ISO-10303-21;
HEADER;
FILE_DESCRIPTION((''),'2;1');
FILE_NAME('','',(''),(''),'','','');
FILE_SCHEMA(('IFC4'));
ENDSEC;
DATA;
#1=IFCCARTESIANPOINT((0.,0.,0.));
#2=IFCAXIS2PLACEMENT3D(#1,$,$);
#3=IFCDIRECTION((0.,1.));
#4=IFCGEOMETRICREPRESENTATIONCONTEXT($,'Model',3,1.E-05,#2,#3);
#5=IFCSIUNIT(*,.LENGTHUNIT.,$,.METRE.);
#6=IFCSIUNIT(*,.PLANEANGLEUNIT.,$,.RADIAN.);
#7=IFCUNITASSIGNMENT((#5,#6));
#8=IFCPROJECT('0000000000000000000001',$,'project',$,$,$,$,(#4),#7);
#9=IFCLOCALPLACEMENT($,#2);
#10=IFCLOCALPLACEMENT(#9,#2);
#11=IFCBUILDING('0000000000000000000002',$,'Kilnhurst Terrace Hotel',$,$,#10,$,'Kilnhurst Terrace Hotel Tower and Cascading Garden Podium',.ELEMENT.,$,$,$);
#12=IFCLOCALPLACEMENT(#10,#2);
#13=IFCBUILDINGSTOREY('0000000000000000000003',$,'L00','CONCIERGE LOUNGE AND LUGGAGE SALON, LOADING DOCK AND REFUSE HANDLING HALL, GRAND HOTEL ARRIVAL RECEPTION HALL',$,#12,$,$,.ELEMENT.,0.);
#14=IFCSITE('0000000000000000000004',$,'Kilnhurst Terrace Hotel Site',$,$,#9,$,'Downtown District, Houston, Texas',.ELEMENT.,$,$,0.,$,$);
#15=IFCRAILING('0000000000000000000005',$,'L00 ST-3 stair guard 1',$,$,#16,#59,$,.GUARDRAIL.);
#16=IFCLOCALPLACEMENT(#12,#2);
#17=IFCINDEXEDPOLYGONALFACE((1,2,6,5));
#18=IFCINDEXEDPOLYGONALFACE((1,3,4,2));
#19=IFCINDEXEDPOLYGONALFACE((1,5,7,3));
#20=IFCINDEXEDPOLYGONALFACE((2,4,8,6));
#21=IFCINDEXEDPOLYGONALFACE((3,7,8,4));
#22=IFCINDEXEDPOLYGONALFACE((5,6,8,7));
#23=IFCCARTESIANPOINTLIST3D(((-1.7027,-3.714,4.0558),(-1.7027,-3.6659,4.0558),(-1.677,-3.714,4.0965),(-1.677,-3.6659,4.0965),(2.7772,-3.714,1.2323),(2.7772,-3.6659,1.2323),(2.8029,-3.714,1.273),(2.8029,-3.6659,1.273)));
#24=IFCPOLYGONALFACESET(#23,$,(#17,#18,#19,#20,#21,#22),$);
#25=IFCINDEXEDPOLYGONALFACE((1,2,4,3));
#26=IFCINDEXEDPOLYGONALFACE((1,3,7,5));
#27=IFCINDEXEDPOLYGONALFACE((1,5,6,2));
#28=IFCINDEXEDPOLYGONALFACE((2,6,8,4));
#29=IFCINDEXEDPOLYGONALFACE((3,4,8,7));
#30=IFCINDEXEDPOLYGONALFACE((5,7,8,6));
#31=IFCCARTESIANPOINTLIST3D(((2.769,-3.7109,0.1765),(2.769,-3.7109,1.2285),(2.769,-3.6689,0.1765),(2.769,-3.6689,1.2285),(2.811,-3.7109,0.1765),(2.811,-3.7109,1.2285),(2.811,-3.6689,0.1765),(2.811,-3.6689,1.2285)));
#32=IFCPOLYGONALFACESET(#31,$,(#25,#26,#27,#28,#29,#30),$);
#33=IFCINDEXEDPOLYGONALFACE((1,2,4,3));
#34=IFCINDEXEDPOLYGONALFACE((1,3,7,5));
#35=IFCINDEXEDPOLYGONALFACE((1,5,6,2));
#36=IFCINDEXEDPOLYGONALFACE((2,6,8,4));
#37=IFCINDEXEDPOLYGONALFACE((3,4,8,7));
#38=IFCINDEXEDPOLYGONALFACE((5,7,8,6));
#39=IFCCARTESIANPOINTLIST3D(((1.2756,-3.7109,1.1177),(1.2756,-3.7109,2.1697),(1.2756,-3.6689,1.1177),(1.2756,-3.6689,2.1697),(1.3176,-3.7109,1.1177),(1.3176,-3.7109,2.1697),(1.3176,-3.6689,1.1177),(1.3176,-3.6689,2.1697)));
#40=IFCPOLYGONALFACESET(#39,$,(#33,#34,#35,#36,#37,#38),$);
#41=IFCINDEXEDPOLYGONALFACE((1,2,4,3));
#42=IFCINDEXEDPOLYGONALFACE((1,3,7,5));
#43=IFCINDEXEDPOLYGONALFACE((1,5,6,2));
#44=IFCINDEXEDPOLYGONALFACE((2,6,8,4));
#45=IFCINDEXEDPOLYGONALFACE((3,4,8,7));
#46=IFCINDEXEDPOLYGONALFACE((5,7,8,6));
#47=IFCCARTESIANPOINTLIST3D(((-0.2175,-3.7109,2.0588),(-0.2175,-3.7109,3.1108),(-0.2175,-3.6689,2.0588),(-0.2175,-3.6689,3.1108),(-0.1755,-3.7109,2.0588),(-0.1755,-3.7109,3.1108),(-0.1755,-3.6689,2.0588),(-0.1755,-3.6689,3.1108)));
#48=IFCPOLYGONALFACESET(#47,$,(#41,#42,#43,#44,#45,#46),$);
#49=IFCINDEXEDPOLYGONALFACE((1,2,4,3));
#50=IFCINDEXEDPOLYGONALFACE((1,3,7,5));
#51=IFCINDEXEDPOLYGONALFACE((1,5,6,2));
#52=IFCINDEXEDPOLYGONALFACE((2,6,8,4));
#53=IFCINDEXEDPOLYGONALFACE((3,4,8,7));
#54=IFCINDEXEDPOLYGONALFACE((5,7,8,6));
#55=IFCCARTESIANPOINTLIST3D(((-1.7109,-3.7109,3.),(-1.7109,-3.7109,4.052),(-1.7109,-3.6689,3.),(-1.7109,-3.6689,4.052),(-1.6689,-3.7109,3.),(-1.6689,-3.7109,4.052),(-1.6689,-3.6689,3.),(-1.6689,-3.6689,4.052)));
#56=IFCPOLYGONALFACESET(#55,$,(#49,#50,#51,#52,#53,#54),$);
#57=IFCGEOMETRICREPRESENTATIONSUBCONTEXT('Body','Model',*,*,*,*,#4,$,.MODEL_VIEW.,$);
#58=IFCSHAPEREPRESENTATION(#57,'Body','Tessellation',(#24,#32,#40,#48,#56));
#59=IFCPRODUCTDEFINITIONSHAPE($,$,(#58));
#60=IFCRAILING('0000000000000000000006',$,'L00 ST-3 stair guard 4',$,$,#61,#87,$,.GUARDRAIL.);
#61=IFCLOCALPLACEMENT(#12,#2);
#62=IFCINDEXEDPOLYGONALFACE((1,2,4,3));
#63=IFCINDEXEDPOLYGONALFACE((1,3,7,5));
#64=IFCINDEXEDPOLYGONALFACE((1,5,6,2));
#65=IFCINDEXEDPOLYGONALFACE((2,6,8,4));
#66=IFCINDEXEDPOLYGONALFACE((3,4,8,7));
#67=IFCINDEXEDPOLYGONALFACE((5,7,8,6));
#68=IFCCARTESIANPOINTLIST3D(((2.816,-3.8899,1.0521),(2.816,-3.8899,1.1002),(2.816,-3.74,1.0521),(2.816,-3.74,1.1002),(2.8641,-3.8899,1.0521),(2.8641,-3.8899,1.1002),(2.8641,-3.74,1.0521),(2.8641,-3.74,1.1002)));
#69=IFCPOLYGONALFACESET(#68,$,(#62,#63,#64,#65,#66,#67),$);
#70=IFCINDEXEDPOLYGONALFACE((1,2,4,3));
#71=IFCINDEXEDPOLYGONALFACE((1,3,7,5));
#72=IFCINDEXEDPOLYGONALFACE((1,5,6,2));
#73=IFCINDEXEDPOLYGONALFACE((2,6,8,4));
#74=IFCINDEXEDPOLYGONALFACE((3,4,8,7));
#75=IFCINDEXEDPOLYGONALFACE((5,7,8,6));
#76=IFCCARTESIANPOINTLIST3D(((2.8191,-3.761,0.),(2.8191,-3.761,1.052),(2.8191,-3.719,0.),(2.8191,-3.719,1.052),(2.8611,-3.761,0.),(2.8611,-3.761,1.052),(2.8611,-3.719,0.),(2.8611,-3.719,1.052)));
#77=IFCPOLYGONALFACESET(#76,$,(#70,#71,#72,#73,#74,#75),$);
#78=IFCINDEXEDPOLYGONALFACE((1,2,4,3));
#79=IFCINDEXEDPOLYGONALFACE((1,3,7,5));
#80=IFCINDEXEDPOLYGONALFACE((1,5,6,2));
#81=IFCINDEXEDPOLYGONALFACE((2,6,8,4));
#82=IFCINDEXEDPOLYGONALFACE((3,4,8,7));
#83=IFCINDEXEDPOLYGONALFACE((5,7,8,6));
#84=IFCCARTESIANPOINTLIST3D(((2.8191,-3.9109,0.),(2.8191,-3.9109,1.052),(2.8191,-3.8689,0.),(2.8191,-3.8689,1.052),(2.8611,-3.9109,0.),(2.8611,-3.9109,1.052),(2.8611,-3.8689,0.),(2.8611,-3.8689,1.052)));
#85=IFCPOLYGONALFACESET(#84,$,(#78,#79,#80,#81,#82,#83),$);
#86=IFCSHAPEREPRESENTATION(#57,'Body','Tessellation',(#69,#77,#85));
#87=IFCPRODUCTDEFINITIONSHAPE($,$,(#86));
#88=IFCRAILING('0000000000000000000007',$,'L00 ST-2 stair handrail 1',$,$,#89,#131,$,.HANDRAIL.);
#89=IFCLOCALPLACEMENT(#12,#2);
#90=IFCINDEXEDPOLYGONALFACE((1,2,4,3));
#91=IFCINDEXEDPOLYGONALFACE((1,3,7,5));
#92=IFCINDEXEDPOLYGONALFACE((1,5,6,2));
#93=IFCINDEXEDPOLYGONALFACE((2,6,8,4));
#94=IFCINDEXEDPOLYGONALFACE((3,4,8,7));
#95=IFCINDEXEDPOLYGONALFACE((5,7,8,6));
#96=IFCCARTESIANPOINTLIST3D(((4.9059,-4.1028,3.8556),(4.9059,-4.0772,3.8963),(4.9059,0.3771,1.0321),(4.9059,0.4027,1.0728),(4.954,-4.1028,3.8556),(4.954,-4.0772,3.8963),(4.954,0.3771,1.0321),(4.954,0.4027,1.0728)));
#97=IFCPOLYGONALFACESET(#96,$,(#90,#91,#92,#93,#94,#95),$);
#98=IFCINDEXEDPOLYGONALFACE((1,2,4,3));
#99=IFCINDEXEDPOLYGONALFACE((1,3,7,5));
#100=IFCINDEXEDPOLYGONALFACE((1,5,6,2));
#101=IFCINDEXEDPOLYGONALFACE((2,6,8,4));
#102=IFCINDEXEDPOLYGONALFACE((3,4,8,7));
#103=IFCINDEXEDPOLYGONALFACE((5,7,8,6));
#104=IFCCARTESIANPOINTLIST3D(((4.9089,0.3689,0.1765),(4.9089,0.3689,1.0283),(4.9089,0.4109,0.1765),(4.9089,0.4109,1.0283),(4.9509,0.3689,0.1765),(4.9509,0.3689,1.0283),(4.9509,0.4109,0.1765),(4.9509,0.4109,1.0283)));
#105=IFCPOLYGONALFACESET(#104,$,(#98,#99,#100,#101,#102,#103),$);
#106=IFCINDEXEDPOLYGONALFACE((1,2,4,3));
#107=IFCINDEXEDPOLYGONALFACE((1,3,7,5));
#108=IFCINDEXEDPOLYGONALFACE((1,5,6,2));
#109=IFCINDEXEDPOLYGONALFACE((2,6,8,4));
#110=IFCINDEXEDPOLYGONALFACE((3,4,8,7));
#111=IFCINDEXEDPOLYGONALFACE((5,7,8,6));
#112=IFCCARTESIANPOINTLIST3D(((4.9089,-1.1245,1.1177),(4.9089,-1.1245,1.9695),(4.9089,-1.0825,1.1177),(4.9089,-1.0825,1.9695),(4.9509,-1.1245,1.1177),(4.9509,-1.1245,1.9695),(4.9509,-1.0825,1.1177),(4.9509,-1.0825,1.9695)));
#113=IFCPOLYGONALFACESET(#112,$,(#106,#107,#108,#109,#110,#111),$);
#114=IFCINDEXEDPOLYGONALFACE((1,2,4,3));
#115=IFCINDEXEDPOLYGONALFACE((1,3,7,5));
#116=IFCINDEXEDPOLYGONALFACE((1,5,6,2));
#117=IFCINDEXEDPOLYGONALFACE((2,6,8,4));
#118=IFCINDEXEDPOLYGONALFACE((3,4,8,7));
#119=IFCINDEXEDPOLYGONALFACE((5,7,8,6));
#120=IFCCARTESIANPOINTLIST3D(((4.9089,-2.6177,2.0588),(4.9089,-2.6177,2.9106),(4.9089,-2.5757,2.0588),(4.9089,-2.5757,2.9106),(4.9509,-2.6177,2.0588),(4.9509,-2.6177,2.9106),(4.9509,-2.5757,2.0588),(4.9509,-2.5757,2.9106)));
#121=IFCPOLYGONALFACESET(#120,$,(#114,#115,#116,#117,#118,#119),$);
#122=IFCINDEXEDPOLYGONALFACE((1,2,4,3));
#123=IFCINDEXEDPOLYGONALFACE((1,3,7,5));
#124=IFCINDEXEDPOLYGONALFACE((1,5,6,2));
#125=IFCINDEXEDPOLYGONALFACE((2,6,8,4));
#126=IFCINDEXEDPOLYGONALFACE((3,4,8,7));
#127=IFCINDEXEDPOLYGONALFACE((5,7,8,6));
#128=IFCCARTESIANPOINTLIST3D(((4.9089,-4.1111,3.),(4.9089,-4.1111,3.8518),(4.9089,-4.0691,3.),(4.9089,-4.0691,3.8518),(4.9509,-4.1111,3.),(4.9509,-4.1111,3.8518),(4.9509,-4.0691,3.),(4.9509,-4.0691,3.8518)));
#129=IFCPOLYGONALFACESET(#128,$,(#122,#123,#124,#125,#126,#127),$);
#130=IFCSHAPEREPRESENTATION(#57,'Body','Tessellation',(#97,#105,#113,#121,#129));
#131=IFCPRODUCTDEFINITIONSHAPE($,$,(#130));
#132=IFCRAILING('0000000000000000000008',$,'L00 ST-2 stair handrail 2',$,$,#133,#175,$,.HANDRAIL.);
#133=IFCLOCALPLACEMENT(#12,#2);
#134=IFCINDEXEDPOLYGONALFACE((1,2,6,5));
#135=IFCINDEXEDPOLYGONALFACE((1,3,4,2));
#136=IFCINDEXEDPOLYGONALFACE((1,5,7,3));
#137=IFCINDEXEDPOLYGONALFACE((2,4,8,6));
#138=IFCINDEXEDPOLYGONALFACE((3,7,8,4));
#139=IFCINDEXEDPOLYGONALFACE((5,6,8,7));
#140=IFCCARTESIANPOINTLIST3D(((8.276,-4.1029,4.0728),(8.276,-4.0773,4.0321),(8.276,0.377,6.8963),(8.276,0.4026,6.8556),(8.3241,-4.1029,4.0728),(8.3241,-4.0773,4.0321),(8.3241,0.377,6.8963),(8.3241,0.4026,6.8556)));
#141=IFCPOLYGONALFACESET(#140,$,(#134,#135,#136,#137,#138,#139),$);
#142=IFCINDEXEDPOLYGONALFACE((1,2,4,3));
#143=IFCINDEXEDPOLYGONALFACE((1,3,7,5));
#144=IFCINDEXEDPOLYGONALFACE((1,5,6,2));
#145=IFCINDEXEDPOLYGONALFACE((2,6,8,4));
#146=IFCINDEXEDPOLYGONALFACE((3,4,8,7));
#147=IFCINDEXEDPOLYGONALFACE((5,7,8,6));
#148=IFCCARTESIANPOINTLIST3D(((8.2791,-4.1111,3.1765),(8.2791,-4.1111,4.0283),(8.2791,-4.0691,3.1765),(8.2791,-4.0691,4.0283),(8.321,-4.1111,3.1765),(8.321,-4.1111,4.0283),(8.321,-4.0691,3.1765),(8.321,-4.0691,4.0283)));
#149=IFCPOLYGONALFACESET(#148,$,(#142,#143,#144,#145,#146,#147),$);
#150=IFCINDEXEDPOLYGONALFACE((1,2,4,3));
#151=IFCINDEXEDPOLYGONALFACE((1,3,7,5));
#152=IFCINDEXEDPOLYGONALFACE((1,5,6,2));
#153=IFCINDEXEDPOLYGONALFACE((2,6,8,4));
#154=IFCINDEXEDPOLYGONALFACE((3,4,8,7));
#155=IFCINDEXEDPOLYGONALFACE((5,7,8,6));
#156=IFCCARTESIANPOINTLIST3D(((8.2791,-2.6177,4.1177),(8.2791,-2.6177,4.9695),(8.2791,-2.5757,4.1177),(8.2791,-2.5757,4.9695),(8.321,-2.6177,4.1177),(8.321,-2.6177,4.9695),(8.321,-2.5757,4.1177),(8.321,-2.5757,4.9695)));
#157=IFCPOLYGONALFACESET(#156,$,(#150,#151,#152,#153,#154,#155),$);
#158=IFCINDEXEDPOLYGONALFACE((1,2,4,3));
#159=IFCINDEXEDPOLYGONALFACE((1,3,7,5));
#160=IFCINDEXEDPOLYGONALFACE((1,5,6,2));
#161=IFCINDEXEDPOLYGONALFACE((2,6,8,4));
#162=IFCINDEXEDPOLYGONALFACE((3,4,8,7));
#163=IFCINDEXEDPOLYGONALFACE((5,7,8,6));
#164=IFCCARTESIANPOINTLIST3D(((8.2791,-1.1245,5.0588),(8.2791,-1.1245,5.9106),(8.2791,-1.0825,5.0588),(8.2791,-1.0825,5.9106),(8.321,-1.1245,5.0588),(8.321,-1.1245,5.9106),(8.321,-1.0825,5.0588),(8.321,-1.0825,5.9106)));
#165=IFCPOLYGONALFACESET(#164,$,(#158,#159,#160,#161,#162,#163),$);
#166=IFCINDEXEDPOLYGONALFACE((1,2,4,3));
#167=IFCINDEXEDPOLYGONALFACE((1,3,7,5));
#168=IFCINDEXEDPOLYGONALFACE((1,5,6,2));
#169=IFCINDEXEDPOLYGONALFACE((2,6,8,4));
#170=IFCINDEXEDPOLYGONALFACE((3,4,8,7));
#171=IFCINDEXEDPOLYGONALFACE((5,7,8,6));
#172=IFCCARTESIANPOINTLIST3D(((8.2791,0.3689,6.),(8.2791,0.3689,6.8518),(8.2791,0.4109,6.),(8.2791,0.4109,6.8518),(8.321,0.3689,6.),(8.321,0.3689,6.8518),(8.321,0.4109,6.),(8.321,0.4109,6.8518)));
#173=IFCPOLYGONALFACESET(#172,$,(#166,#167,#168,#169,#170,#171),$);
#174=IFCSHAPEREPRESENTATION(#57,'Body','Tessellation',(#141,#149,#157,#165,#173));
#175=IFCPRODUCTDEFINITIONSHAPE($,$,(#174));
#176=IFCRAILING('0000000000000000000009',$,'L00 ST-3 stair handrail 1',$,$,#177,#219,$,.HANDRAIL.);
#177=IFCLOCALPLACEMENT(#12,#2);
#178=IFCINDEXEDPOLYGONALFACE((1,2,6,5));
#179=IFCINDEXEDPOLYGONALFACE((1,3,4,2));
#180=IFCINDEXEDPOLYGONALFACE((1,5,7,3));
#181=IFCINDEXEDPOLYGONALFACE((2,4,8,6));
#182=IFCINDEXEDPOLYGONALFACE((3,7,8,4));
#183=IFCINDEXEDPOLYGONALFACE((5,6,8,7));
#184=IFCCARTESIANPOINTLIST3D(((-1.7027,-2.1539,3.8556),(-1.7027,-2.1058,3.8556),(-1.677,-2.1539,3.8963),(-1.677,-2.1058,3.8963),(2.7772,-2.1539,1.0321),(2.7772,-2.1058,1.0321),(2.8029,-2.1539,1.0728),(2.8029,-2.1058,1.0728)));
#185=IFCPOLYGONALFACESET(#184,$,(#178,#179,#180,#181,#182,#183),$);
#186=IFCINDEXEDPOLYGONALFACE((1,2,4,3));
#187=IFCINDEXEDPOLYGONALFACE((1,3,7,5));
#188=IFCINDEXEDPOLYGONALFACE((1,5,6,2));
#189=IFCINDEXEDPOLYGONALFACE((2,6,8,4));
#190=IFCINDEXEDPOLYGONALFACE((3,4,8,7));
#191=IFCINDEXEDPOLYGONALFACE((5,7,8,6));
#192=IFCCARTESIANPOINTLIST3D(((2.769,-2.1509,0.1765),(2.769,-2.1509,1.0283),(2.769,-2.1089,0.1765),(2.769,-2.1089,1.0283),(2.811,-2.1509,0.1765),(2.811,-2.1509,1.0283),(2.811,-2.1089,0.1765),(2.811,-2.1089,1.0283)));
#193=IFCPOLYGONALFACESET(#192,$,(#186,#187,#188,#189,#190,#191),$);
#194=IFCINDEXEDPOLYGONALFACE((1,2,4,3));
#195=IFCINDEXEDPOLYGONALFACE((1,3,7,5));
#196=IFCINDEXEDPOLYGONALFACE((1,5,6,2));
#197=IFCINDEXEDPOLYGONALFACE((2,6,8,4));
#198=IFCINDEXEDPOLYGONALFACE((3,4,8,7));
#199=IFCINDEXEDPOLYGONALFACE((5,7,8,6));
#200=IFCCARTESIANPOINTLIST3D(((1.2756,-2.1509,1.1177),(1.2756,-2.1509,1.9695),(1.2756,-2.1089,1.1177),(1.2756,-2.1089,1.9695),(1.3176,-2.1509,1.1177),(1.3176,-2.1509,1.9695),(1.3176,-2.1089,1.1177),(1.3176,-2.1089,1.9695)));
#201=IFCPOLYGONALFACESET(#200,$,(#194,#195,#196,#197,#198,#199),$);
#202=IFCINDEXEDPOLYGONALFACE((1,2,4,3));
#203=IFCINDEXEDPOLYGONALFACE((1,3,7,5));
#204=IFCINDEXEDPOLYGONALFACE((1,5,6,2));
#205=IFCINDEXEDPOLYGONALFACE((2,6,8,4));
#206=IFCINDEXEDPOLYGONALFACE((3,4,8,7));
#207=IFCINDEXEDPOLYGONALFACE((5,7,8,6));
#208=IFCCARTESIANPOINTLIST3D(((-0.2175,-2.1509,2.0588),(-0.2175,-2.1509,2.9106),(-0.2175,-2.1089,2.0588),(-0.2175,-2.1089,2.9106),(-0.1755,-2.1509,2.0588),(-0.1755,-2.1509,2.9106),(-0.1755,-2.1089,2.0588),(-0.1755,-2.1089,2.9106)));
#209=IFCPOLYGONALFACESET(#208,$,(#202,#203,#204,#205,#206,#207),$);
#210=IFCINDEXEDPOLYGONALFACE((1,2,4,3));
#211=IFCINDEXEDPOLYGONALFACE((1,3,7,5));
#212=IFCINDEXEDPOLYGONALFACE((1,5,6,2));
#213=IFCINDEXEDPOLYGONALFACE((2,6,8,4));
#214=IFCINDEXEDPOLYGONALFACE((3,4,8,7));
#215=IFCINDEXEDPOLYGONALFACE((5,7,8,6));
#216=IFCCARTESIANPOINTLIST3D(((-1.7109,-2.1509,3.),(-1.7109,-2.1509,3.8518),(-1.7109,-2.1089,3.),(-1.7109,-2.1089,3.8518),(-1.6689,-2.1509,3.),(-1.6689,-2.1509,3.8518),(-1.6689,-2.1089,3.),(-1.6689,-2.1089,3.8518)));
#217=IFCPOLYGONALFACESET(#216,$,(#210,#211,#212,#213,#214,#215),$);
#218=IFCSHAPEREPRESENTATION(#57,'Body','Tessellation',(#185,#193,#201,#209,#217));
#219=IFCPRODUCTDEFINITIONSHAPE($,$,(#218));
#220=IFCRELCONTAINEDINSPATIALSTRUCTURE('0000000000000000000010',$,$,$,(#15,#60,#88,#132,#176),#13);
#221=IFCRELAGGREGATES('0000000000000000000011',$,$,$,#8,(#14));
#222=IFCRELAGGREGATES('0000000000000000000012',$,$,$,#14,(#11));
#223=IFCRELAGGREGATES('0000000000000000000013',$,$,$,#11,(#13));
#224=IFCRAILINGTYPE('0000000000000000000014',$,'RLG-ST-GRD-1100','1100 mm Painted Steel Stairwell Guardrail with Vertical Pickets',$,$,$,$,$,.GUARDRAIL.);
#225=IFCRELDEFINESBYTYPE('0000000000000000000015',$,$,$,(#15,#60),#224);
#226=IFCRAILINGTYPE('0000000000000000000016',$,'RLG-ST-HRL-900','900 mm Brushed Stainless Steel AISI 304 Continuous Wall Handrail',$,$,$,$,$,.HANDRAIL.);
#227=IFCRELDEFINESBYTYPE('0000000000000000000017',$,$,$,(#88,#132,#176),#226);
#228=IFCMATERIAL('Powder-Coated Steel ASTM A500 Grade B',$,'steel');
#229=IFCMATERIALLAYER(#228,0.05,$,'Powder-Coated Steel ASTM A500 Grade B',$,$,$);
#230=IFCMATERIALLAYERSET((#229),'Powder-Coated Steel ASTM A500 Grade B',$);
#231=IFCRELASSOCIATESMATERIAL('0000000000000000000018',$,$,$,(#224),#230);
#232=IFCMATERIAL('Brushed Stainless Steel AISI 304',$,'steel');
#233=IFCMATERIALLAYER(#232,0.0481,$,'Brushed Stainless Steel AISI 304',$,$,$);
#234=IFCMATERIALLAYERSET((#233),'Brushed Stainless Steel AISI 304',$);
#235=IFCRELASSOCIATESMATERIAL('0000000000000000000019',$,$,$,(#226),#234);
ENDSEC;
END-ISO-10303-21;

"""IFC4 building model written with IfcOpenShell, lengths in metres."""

from ifc_helpers import new_model, si_unit, direction, frame, origin, origin_2d, place, context, subcontext, project, spatial, rectangle, extrude, material, layer, layer_set, type_object, element, save


model = new_model("IFC4")

# Units and contexts
model_context = context("Model", 3, precision=1e-05, world=origin(), true_north=direction((0.0, 1.0)))
body_context = subcontext(model_context, "Body", "Model", "MODEL_VIEW")
ifc_project = project(units=[si_unit("LENGTHUNIT", "METRE"), si_unit("PLANEANGLEUNIT", "RADIAN")], contexts=[model_context])

# Site, building, storey
site_placement = place(None, origin())
site = spatial("IfcSite", under=ifc_project, at=site_placement, Name="Kilnhurst Terrace Hotel Site", LongName="Downtown District, Houston, Texas", CompositionType="ELEMENT", RefElevation=0.0)
building_placement = place(site_placement, origin())
building = spatial("IfcBuilding", under=site, at=building_placement, Name="Kilnhurst Terrace Hotel", LongName="Kilnhurst Terrace Hotel Tower and Cascading Garden Podium", CompositionType="ELEMENT")
storey_placement = place(building_placement, origin())
storey = spatial("IfcBuildingStorey", under=building, at=storey_placement, Name="L00", Description="CONCIERGE LOUNGE AND LUGGAGE SALON, LOADING DOCK AND REFUSE HANDLING HALL, GRAND HOTEL ARRIVAL RECEPTION HALL", CompositionType="ELEMENT", Elevation=0.0)

# Railings
ifc_material_1 = material(Name="Powder-Coated Steel ASTM A500 Grade B", Category="steel")
ifc_layer_1 = layer(ifc_material_1, 0.05, Name="Powder-Coated Steel ASTM A500 Grade B")
ifc_layer_set_1 = layer_set([ifc_layer_1], Name="Powder-Coated Steel ASTM A500 Grade B")
railing_type_1 = type_object("IfcRailingType", Name="RLG-ST-GRD-1100", Description="1100 mm Painted Steel Stairwell Guardrail with Vertical Pickets", PredefinedType="GUARDRAIL", material=ifc_layer_set_1)
railing_1_placement = place(storey_placement, frame((2.79, -3.6899, 0.1765)))
element("IfcRailing", 1, at=railing_1_placement, inside=storey, type_object=railing_type_1, Name="L00 ST-3 stair guard 1", PredefinedType="GUARDRAIL", context=body_context, shape_type="SweptSolid", body=[
    extrude(rectangle(XDim=0.0481, YDim=0.0481, at=origin_2d()), frame((0.0, 0.0, 1.0762), z_axis=(-0.845998, 0.0, 0.533186), x_axis=(0.0, -1.0, 0.0)), (0.0, 0.0, 1.0), 5.2954),
    extrude(rectangle(XDim=0.042, YDim=0.042, at=origin_2d()), origin(), (0.0, 0.0, 1.0), 1.052),
    extrude(rectangle(XDim=0.042, YDim=0.042, at=origin_2d()), frame((-1.4934, 0.0, 0.9412)), (0.0, 0.0, 1.0), 1.052),
    extrude(rectangle(XDim=0.042, YDim=0.042, at=origin_2d()), frame((-2.9866, 0.0, 1.8823)), (0.0, 0.0, 1.0), 1.052),
    extrude(rectangle(XDim=0.042, YDim=0.042, at=origin_2d()), frame((-4.48, 0.0, 2.8235)), (0.0, 0.0, 1.0), 1.052),
])
railing_2_placement = place(storey_placement, frame((2.8401, -3.74, 0.0)))
element("IfcRailing", 2, at=railing_2_placement, inside=storey, type_object=railing_type_1, Name="L00 ST-3 stair guard 4", PredefinedType="GUARDRAIL", context=body_context, shape_type="SweptSolid", body=[
    extrude(rectangle(XDim=0.0481, YDim=0.0481, at=origin_2d()), frame((0.0, 0.0, 1.0762), z_axis=(0.0, -1.0, 0.0), x_axis=(1.0, 0.0, 0.0)), (0.0, 0.0, 1.0), 0.1499),
    extrude(rectangle(XDim=0.042, YDim=0.042, at=origin_2d()), origin(), (0.0, 0.0, 1.0), 1.052),
    extrude(rectangle(XDim=0.042, YDim=0.042, at=origin_2d()), frame((0.0, -0.1499, 0.0)), (0.0, 0.0, 1.0), 1.052),
])
ifc_material_2 = material(Name="Brushed Stainless Steel AISI 304", Category="steel")
ifc_layer_2 = layer(ifc_material_2, 0.0481, Name="Brushed Stainless Steel AISI 304")
ifc_layer_set_2 = layer_set([ifc_layer_2], Name="Brushed Stainless Steel AISI 304")
railing_type_2 = type_object("IfcRailingType", Name="RLG-ST-HRL-900", Description="900 mm Brushed Stainless Steel AISI 304 Continuous Wall Handrail", PredefinedType="HANDRAIL", material=ifc_layer_set_2)
railing_3_placement = place(storey_placement, frame((4.9299, 0.3899, 0.1765)))
element("IfcRailing", 3, at=railing_3_placement, inside=storey, type_object=railing_type_2, Name="L00 ST-2 stair handrail 1", PredefinedType="HANDRAIL", context=body_context, shape_type="SweptSolid", body=[
    extrude(rectangle(XDim=0.0481, YDim=0.0481, at=origin_2d()), frame((0.0, 0.0, 0.876), z_axis=(0.0, -0.845998, 0.533186), x_axis=(1.0, 0.0, 0.0)), (0.0, 0.0, 1.0), 5.2954),
    extrude(rectangle(XDim=0.042, YDim=0.042, at=origin_2d()), origin(), (0.0, 0.0, 1.0), 0.8518),
    extrude(rectangle(XDim=0.042, YDim=0.042, at=origin_2d()), frame((0.0, -1.4934, 0.9412)), (0.0, 0.0, 1.0), 0.8518),
    extrude(rectangle(XDim=0.042, YDim=0.042, at=origin_2d()), frame((0.0, -2.9866, 1.8823)), (0.0, 0.0, 1.0), 0.8518),
    extrude(rectangle(XDim=0.042, YDim=0.042, at=origin_2d()), frame((0.0, -4.48, 2.8235)), (0.0, 0.0, 1.0), 0.8518),
])
railing_4_placement = place(storey_placement, frame((8.3, -4.0901, 3.1765)))
element("IfcRailing", 4, at=railing_4_placement, inside=storey, type_object=railing_type_2, Name="L00 ST-2 stair handrail 2", PredefinedType="HANDRAIL", context=body_context, shape_type="SweptSolid", body=[
    extrude(rectangle(XDim=0.0481, YDim=0.0481, at=origin_2d()), frame((0.0, 0.0, 0.876), z_axis=(0.0, 0.845998, 0.533186), x_axis=(-1.0, 0.0, 0.0)), (0.0, 0.0, 1.0), 5.2954),
    extrude(rectangle(XDim=0.042, YDim=0.042, at=origin_2d()), origin(), (0.0, 0.0, 1.0), 0.8518),
    extrude(rectangle(XDim=0.042, YDim=0.042, at=origin_2d()), frame((0.0, 1.4934, 0.9412)), (0.0, 0.0, 1.0), 0.8518),
    extrude(rectangle(XDim=0.042, YDim=0.042, at=origin_2d()), frame((0.0, 2.9866, 1.8823)), (0.0, 0.0, 1.0), 0.8518),
    extrude(rectangle(XDim=0.042, YDim=0.042, at=origin_2d()), frame((0.0, 4.48, 2.8235)), (0.0, 0.0, 1.0), 0.8518),
])
railing_5_placement = place(storey_placement, frame((2.79, -2.1299, 0.1765)))
element("IfcRailing", 5, at=railing_5_placement, inside=storey, type_object=railing_type_2, Name="L00 ST-3 stair handrail 1", PredefinedType="HANDRAIL", context=body_context, shape_type="SweptSolid", body=[
    extrude(rectangle(XDim=0.0481, YDim=0.0481, at=origin_2d()), frame((0.0, 0.0, 0.876), z_axis=(-0.845998, 0.0, 0.533186), x_axis=(0.0, -1.0, 0.0)), (0.0, 0.0, 1.0), 5.2954),
    extrude(rectangle(XDim=0.042, YDim=0.042, at=origin_2d()), origin(), (0.0, 0.0, 1.0), 0.8518),
    extrude(rectangle(XDim=0.042, YDim=0.042, at=origin_2d()), frame((-1.4934, 0.0, 0.9412)), (0.0, 0.0, 1.0), 0.8518),
    extrude(rectangle(XDim=0.042, YDim=0.042, at=origin_2d()), frame((-2.9866, 0.0, 1.8823)), (0.0, 0.0, 1.0), 0.8518),
    extrude(rectangle(XDim=0.042, YDim=0.042, at=origin_2d()), frame((-4.48, 0.0, 2.8235)), (0.0, 0.0, 1.0), 0.8518),
])

save(model, "model.ifc")
